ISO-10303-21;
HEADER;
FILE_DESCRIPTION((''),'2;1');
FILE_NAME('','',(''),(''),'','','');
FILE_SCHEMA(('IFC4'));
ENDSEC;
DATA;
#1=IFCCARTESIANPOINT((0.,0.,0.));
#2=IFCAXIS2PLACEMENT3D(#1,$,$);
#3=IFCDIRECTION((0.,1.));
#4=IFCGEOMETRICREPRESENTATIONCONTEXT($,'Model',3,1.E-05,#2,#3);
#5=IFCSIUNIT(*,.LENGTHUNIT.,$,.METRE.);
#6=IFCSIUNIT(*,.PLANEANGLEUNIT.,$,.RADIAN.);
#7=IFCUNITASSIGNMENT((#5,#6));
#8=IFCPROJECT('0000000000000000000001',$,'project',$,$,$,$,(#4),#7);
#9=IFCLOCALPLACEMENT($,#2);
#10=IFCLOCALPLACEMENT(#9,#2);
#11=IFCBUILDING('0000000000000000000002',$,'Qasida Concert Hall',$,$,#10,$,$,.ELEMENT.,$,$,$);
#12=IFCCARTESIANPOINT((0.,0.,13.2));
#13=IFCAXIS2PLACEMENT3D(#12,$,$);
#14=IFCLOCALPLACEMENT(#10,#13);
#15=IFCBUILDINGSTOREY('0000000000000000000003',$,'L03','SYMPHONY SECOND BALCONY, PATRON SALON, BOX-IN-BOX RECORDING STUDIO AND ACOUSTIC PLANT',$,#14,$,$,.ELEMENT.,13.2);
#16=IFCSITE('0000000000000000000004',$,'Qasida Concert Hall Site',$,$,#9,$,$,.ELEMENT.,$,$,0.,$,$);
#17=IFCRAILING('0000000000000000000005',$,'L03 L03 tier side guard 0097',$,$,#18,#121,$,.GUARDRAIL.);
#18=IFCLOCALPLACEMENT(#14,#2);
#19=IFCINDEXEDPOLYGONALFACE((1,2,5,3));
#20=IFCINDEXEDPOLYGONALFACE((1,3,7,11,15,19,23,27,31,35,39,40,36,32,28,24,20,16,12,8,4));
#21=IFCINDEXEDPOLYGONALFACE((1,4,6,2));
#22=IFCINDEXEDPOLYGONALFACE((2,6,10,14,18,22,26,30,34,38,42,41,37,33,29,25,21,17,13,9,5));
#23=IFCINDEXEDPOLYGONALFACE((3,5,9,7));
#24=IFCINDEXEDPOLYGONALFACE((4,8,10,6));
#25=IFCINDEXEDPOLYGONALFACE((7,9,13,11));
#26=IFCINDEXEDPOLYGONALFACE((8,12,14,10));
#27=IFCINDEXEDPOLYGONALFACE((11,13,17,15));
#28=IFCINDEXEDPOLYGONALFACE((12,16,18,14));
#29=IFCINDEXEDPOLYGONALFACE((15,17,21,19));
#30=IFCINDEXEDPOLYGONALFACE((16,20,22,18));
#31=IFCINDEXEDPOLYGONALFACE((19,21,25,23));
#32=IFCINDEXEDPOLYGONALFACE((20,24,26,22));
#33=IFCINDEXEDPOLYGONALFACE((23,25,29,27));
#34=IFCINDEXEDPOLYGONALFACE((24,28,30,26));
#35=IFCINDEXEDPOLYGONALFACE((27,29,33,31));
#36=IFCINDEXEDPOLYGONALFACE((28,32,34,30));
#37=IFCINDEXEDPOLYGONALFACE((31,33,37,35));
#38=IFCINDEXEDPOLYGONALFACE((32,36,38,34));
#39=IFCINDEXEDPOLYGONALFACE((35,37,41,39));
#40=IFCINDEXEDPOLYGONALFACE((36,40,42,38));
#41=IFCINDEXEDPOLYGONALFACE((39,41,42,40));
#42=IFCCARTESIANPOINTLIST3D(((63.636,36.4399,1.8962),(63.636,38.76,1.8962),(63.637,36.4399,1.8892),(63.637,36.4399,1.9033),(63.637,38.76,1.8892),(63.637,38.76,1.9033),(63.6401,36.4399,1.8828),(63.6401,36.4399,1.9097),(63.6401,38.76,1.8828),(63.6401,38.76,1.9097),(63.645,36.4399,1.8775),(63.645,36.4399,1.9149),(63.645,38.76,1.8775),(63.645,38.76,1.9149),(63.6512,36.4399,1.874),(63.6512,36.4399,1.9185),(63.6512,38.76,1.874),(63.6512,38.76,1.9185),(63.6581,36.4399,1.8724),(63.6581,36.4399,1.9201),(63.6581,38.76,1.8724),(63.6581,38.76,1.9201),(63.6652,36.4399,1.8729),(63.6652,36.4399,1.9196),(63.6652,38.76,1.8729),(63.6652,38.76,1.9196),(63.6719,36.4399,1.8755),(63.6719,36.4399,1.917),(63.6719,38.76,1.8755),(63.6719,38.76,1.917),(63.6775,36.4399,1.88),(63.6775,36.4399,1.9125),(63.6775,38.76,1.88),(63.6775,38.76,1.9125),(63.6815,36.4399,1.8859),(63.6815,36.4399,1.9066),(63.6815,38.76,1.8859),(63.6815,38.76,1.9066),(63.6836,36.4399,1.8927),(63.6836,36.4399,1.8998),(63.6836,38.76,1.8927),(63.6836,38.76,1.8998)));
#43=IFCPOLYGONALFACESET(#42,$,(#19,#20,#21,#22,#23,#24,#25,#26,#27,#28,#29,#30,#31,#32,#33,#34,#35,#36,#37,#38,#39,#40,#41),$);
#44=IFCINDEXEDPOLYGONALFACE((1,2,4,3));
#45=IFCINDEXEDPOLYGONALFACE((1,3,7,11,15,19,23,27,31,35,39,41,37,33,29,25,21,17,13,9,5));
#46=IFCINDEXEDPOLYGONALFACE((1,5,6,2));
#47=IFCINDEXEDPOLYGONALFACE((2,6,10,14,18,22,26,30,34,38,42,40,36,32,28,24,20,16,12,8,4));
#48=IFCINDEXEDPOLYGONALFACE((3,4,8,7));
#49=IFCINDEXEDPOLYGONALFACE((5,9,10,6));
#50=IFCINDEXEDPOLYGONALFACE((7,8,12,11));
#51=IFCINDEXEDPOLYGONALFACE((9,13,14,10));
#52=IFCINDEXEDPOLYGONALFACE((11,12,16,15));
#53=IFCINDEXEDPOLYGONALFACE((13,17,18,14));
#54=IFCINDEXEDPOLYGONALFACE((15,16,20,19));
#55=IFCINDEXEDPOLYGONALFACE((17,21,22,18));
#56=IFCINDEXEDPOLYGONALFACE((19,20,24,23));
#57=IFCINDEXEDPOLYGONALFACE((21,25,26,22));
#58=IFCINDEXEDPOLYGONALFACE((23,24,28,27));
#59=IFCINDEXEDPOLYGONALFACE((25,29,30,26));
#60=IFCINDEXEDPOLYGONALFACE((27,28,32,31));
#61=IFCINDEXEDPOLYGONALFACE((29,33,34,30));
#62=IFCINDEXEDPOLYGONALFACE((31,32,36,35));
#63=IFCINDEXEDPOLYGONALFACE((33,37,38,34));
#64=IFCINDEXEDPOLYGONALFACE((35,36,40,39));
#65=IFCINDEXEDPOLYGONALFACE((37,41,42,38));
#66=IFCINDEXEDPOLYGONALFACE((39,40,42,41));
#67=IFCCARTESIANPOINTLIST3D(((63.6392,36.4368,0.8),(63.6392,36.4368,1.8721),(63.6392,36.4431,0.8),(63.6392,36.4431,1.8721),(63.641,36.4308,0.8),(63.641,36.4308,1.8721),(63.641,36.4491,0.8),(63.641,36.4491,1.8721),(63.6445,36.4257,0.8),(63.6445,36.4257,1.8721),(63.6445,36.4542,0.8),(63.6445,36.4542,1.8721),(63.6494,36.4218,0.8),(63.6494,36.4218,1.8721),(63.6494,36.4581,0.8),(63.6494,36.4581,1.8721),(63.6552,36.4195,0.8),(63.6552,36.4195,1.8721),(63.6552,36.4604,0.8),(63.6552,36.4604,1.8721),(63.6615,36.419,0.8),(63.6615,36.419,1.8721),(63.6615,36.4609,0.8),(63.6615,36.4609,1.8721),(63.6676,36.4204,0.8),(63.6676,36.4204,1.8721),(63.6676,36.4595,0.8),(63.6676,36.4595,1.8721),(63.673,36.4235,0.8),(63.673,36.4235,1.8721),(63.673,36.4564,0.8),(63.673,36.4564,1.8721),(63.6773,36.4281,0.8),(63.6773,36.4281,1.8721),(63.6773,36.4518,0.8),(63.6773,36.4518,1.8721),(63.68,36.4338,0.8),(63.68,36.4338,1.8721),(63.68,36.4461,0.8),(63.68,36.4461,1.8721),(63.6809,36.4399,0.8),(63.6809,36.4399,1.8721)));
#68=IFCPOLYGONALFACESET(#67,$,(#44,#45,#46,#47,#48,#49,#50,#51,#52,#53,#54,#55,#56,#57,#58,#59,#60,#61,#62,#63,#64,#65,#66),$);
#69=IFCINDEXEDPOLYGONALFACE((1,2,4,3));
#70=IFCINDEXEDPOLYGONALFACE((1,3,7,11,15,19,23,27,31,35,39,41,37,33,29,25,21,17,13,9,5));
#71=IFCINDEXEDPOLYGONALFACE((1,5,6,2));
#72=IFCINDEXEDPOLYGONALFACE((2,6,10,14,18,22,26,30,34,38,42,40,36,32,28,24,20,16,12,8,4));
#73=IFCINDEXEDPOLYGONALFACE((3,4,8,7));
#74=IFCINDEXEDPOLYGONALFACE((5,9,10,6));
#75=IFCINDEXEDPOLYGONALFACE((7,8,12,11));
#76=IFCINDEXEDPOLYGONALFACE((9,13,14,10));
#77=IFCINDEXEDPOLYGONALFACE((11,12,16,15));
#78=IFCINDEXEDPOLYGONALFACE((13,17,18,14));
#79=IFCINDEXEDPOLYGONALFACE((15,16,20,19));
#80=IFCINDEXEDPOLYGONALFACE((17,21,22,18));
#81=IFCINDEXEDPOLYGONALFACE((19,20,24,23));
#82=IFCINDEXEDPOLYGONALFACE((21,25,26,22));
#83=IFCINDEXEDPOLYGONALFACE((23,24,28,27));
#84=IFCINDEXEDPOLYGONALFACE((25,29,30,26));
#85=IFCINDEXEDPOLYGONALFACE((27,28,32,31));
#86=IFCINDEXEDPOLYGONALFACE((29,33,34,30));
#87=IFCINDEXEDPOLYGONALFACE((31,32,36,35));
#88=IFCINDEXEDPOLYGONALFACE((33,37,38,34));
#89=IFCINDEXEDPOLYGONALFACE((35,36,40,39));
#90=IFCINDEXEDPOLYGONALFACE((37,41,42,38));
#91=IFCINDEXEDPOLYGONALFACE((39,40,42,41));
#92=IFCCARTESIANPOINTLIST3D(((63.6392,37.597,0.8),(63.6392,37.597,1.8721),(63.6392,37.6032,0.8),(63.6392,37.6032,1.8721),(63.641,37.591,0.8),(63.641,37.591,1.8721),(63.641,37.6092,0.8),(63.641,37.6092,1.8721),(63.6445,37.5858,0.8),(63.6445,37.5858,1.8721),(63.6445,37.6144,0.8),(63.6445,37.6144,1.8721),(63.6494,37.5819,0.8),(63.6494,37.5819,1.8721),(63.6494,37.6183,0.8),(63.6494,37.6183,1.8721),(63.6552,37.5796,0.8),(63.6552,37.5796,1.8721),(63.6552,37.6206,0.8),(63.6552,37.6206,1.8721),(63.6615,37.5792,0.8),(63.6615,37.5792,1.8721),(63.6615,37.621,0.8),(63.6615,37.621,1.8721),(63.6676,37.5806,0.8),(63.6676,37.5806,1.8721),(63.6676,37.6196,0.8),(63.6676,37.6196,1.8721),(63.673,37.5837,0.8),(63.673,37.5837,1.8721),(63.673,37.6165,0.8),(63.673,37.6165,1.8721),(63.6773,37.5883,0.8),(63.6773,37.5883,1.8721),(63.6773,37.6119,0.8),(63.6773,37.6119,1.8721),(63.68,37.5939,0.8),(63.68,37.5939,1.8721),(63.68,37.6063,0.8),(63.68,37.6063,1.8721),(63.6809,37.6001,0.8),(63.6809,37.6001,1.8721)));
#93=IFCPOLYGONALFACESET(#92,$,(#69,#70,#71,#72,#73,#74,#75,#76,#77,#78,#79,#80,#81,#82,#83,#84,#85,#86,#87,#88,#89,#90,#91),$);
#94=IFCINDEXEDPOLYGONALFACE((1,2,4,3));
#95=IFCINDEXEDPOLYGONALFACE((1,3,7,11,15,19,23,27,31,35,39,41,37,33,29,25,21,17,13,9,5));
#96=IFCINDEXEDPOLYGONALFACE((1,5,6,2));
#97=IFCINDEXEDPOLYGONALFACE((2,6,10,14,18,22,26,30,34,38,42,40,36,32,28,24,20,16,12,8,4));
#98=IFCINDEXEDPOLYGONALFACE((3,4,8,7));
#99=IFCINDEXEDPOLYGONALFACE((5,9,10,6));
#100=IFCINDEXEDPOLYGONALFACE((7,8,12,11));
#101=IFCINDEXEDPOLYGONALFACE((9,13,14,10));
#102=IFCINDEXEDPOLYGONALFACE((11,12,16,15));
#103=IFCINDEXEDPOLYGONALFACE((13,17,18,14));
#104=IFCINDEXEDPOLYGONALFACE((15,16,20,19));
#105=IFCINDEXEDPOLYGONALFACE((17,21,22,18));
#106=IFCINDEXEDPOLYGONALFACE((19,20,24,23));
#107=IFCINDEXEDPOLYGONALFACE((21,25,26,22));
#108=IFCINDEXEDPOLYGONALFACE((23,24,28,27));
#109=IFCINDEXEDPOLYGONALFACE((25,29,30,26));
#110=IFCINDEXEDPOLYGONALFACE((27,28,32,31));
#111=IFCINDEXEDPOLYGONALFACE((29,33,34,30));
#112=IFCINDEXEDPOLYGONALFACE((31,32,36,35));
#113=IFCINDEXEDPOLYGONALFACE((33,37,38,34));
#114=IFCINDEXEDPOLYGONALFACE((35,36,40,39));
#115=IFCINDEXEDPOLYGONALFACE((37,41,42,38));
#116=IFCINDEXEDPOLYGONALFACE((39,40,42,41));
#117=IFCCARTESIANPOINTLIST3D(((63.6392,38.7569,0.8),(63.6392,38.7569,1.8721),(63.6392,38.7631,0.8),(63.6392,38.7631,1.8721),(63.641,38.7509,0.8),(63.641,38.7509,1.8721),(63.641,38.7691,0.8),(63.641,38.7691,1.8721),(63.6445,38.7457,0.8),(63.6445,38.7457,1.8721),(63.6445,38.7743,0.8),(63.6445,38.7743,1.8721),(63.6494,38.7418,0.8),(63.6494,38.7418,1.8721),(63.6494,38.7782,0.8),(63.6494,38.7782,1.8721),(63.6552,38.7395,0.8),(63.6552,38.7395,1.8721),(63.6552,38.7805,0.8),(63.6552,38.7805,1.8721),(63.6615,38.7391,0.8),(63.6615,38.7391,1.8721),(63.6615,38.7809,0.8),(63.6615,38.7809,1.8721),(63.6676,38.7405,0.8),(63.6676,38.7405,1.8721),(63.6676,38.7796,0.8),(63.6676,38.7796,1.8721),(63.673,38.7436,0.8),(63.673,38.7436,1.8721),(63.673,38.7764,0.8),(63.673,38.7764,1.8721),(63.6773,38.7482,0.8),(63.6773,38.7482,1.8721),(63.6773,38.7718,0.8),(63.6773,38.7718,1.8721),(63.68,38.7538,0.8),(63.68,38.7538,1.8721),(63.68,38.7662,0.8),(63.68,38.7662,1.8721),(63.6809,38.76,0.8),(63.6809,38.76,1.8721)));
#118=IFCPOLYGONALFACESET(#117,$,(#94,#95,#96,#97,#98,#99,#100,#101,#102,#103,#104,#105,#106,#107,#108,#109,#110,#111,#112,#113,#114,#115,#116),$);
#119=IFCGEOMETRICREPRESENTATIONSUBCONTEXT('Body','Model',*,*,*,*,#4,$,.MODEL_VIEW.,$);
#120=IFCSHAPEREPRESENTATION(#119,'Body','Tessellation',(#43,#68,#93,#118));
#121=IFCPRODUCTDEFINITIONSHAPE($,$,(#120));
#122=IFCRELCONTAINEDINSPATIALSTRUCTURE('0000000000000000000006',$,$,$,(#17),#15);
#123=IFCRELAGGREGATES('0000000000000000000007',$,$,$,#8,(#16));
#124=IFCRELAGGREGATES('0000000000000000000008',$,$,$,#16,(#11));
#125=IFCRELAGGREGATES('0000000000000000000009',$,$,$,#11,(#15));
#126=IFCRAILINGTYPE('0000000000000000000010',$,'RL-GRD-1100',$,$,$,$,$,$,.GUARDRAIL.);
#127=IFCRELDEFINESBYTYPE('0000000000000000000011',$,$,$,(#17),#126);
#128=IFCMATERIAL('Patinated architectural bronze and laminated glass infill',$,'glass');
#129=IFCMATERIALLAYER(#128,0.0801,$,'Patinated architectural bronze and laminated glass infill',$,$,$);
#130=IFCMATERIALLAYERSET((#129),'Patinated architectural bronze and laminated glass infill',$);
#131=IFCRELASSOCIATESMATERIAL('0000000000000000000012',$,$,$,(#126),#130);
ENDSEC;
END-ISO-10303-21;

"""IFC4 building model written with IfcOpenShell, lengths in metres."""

from ifc_helpers import new_model, si_unit, direction, frame, origin, origin_2d, place, context, subcontext, project, spatial, circle, extrude, material, layer, layer_set, type_object, element, save


model = new_model("IFC4")

# Units and contexts
model_context = context("Model", 3, precision=1e-05, world=origin(), true_north=direction((0.0, 1.0)))
body_context = subcontext(model_context, "Body", "Model", "MODEL_VIEW")
ifc_project = project(units=[si_unit("LENGTHUNIT", "METRE"), si_unit("PLANEANGLEUNIT", "RADIAN")], contexts=[model_context])

# Site, building, storey
site_placement = place(None, origin())
site = spatial("IfcSite", under=ifc_project, at=site_placement, Name="Qasida Concert Hall Site", CompositionType="ELEMENT", RefElevation=0.0)
building_placement = place(site_placement, origin())
building = spatial("IfcBuilding", under=site, at=building_placement, Name="Qasida Concert Hall", CompositionType="ELEMENT")
storey_placement = place(building_placement, frame((0.0, 0.0, 13.2)))
storey = spatial("IfcBuildingStorey", under=building, at=storey_placement, Name="L03", Description="SYMPHONY SECOND BALCONY, PATRON SALON, BOX-IN-BOX RECORDING STUDIO AND ACOUSTIC PLANT", CompositionType="ELEMENT", Elevation=13.2)

# Railing
ifc_material_1 = material(Name="Patinated architectural bronze and laminated glass infill", Category="glass")
ifc_layer_1 = layer(ifc_material_1, 0.0801, Name="Patinated architectural bronze and laminated glass infill")
ifc_layer_set_1 = layer_set([ifc_layer_1], Name="Patinated architectural bronze and laminated glass infill")
railing_type_1 = type_object("IfcRailingType", Name="RL-GRD-1100", PredefinedType="GUARDRAIL", material=ifc_layer_set_1)
for number, where, name in (
    (1, (63.6599, 36.4399, 0.8), "L03 L03 tier side guard 0097"),
):
    element("IfcRailing", number, at=place(storey_placement, frame(where)), inside=storey, type_object=railing_type_1, Name=name, PredefinedType="GUARDRAIL", context=body_context, shape_type="SweptSolid", body=[
        extrude(circle(Radius=0.0239, at=origin_2d()), frame((0.0, 0.0, 1.0962), z_axis=(0.0, 1.0, 0.0), x_axis=(-1.0, 0.0, 0.0)), (0.0, 0.0, 1.0), 2.3201),
        extrude(circle(Radius=0.021, at=origin_2d()), origin(), (0.0, 0.0, 1.0), 1.072),
        extrude(circle(Radius=0.021, at=origin_2d()), frame((0.0, 1.1602, 0.0)), (0.0, 0.0, 1.0), 1.072),
        extrude(circle(Radius=0.021, at=origin_2d()), frame((0.0, 2.3201, 0.0)), (0.0, 0.0, 1.0), 1.072),
    ])

save(model, "model.ifc")
